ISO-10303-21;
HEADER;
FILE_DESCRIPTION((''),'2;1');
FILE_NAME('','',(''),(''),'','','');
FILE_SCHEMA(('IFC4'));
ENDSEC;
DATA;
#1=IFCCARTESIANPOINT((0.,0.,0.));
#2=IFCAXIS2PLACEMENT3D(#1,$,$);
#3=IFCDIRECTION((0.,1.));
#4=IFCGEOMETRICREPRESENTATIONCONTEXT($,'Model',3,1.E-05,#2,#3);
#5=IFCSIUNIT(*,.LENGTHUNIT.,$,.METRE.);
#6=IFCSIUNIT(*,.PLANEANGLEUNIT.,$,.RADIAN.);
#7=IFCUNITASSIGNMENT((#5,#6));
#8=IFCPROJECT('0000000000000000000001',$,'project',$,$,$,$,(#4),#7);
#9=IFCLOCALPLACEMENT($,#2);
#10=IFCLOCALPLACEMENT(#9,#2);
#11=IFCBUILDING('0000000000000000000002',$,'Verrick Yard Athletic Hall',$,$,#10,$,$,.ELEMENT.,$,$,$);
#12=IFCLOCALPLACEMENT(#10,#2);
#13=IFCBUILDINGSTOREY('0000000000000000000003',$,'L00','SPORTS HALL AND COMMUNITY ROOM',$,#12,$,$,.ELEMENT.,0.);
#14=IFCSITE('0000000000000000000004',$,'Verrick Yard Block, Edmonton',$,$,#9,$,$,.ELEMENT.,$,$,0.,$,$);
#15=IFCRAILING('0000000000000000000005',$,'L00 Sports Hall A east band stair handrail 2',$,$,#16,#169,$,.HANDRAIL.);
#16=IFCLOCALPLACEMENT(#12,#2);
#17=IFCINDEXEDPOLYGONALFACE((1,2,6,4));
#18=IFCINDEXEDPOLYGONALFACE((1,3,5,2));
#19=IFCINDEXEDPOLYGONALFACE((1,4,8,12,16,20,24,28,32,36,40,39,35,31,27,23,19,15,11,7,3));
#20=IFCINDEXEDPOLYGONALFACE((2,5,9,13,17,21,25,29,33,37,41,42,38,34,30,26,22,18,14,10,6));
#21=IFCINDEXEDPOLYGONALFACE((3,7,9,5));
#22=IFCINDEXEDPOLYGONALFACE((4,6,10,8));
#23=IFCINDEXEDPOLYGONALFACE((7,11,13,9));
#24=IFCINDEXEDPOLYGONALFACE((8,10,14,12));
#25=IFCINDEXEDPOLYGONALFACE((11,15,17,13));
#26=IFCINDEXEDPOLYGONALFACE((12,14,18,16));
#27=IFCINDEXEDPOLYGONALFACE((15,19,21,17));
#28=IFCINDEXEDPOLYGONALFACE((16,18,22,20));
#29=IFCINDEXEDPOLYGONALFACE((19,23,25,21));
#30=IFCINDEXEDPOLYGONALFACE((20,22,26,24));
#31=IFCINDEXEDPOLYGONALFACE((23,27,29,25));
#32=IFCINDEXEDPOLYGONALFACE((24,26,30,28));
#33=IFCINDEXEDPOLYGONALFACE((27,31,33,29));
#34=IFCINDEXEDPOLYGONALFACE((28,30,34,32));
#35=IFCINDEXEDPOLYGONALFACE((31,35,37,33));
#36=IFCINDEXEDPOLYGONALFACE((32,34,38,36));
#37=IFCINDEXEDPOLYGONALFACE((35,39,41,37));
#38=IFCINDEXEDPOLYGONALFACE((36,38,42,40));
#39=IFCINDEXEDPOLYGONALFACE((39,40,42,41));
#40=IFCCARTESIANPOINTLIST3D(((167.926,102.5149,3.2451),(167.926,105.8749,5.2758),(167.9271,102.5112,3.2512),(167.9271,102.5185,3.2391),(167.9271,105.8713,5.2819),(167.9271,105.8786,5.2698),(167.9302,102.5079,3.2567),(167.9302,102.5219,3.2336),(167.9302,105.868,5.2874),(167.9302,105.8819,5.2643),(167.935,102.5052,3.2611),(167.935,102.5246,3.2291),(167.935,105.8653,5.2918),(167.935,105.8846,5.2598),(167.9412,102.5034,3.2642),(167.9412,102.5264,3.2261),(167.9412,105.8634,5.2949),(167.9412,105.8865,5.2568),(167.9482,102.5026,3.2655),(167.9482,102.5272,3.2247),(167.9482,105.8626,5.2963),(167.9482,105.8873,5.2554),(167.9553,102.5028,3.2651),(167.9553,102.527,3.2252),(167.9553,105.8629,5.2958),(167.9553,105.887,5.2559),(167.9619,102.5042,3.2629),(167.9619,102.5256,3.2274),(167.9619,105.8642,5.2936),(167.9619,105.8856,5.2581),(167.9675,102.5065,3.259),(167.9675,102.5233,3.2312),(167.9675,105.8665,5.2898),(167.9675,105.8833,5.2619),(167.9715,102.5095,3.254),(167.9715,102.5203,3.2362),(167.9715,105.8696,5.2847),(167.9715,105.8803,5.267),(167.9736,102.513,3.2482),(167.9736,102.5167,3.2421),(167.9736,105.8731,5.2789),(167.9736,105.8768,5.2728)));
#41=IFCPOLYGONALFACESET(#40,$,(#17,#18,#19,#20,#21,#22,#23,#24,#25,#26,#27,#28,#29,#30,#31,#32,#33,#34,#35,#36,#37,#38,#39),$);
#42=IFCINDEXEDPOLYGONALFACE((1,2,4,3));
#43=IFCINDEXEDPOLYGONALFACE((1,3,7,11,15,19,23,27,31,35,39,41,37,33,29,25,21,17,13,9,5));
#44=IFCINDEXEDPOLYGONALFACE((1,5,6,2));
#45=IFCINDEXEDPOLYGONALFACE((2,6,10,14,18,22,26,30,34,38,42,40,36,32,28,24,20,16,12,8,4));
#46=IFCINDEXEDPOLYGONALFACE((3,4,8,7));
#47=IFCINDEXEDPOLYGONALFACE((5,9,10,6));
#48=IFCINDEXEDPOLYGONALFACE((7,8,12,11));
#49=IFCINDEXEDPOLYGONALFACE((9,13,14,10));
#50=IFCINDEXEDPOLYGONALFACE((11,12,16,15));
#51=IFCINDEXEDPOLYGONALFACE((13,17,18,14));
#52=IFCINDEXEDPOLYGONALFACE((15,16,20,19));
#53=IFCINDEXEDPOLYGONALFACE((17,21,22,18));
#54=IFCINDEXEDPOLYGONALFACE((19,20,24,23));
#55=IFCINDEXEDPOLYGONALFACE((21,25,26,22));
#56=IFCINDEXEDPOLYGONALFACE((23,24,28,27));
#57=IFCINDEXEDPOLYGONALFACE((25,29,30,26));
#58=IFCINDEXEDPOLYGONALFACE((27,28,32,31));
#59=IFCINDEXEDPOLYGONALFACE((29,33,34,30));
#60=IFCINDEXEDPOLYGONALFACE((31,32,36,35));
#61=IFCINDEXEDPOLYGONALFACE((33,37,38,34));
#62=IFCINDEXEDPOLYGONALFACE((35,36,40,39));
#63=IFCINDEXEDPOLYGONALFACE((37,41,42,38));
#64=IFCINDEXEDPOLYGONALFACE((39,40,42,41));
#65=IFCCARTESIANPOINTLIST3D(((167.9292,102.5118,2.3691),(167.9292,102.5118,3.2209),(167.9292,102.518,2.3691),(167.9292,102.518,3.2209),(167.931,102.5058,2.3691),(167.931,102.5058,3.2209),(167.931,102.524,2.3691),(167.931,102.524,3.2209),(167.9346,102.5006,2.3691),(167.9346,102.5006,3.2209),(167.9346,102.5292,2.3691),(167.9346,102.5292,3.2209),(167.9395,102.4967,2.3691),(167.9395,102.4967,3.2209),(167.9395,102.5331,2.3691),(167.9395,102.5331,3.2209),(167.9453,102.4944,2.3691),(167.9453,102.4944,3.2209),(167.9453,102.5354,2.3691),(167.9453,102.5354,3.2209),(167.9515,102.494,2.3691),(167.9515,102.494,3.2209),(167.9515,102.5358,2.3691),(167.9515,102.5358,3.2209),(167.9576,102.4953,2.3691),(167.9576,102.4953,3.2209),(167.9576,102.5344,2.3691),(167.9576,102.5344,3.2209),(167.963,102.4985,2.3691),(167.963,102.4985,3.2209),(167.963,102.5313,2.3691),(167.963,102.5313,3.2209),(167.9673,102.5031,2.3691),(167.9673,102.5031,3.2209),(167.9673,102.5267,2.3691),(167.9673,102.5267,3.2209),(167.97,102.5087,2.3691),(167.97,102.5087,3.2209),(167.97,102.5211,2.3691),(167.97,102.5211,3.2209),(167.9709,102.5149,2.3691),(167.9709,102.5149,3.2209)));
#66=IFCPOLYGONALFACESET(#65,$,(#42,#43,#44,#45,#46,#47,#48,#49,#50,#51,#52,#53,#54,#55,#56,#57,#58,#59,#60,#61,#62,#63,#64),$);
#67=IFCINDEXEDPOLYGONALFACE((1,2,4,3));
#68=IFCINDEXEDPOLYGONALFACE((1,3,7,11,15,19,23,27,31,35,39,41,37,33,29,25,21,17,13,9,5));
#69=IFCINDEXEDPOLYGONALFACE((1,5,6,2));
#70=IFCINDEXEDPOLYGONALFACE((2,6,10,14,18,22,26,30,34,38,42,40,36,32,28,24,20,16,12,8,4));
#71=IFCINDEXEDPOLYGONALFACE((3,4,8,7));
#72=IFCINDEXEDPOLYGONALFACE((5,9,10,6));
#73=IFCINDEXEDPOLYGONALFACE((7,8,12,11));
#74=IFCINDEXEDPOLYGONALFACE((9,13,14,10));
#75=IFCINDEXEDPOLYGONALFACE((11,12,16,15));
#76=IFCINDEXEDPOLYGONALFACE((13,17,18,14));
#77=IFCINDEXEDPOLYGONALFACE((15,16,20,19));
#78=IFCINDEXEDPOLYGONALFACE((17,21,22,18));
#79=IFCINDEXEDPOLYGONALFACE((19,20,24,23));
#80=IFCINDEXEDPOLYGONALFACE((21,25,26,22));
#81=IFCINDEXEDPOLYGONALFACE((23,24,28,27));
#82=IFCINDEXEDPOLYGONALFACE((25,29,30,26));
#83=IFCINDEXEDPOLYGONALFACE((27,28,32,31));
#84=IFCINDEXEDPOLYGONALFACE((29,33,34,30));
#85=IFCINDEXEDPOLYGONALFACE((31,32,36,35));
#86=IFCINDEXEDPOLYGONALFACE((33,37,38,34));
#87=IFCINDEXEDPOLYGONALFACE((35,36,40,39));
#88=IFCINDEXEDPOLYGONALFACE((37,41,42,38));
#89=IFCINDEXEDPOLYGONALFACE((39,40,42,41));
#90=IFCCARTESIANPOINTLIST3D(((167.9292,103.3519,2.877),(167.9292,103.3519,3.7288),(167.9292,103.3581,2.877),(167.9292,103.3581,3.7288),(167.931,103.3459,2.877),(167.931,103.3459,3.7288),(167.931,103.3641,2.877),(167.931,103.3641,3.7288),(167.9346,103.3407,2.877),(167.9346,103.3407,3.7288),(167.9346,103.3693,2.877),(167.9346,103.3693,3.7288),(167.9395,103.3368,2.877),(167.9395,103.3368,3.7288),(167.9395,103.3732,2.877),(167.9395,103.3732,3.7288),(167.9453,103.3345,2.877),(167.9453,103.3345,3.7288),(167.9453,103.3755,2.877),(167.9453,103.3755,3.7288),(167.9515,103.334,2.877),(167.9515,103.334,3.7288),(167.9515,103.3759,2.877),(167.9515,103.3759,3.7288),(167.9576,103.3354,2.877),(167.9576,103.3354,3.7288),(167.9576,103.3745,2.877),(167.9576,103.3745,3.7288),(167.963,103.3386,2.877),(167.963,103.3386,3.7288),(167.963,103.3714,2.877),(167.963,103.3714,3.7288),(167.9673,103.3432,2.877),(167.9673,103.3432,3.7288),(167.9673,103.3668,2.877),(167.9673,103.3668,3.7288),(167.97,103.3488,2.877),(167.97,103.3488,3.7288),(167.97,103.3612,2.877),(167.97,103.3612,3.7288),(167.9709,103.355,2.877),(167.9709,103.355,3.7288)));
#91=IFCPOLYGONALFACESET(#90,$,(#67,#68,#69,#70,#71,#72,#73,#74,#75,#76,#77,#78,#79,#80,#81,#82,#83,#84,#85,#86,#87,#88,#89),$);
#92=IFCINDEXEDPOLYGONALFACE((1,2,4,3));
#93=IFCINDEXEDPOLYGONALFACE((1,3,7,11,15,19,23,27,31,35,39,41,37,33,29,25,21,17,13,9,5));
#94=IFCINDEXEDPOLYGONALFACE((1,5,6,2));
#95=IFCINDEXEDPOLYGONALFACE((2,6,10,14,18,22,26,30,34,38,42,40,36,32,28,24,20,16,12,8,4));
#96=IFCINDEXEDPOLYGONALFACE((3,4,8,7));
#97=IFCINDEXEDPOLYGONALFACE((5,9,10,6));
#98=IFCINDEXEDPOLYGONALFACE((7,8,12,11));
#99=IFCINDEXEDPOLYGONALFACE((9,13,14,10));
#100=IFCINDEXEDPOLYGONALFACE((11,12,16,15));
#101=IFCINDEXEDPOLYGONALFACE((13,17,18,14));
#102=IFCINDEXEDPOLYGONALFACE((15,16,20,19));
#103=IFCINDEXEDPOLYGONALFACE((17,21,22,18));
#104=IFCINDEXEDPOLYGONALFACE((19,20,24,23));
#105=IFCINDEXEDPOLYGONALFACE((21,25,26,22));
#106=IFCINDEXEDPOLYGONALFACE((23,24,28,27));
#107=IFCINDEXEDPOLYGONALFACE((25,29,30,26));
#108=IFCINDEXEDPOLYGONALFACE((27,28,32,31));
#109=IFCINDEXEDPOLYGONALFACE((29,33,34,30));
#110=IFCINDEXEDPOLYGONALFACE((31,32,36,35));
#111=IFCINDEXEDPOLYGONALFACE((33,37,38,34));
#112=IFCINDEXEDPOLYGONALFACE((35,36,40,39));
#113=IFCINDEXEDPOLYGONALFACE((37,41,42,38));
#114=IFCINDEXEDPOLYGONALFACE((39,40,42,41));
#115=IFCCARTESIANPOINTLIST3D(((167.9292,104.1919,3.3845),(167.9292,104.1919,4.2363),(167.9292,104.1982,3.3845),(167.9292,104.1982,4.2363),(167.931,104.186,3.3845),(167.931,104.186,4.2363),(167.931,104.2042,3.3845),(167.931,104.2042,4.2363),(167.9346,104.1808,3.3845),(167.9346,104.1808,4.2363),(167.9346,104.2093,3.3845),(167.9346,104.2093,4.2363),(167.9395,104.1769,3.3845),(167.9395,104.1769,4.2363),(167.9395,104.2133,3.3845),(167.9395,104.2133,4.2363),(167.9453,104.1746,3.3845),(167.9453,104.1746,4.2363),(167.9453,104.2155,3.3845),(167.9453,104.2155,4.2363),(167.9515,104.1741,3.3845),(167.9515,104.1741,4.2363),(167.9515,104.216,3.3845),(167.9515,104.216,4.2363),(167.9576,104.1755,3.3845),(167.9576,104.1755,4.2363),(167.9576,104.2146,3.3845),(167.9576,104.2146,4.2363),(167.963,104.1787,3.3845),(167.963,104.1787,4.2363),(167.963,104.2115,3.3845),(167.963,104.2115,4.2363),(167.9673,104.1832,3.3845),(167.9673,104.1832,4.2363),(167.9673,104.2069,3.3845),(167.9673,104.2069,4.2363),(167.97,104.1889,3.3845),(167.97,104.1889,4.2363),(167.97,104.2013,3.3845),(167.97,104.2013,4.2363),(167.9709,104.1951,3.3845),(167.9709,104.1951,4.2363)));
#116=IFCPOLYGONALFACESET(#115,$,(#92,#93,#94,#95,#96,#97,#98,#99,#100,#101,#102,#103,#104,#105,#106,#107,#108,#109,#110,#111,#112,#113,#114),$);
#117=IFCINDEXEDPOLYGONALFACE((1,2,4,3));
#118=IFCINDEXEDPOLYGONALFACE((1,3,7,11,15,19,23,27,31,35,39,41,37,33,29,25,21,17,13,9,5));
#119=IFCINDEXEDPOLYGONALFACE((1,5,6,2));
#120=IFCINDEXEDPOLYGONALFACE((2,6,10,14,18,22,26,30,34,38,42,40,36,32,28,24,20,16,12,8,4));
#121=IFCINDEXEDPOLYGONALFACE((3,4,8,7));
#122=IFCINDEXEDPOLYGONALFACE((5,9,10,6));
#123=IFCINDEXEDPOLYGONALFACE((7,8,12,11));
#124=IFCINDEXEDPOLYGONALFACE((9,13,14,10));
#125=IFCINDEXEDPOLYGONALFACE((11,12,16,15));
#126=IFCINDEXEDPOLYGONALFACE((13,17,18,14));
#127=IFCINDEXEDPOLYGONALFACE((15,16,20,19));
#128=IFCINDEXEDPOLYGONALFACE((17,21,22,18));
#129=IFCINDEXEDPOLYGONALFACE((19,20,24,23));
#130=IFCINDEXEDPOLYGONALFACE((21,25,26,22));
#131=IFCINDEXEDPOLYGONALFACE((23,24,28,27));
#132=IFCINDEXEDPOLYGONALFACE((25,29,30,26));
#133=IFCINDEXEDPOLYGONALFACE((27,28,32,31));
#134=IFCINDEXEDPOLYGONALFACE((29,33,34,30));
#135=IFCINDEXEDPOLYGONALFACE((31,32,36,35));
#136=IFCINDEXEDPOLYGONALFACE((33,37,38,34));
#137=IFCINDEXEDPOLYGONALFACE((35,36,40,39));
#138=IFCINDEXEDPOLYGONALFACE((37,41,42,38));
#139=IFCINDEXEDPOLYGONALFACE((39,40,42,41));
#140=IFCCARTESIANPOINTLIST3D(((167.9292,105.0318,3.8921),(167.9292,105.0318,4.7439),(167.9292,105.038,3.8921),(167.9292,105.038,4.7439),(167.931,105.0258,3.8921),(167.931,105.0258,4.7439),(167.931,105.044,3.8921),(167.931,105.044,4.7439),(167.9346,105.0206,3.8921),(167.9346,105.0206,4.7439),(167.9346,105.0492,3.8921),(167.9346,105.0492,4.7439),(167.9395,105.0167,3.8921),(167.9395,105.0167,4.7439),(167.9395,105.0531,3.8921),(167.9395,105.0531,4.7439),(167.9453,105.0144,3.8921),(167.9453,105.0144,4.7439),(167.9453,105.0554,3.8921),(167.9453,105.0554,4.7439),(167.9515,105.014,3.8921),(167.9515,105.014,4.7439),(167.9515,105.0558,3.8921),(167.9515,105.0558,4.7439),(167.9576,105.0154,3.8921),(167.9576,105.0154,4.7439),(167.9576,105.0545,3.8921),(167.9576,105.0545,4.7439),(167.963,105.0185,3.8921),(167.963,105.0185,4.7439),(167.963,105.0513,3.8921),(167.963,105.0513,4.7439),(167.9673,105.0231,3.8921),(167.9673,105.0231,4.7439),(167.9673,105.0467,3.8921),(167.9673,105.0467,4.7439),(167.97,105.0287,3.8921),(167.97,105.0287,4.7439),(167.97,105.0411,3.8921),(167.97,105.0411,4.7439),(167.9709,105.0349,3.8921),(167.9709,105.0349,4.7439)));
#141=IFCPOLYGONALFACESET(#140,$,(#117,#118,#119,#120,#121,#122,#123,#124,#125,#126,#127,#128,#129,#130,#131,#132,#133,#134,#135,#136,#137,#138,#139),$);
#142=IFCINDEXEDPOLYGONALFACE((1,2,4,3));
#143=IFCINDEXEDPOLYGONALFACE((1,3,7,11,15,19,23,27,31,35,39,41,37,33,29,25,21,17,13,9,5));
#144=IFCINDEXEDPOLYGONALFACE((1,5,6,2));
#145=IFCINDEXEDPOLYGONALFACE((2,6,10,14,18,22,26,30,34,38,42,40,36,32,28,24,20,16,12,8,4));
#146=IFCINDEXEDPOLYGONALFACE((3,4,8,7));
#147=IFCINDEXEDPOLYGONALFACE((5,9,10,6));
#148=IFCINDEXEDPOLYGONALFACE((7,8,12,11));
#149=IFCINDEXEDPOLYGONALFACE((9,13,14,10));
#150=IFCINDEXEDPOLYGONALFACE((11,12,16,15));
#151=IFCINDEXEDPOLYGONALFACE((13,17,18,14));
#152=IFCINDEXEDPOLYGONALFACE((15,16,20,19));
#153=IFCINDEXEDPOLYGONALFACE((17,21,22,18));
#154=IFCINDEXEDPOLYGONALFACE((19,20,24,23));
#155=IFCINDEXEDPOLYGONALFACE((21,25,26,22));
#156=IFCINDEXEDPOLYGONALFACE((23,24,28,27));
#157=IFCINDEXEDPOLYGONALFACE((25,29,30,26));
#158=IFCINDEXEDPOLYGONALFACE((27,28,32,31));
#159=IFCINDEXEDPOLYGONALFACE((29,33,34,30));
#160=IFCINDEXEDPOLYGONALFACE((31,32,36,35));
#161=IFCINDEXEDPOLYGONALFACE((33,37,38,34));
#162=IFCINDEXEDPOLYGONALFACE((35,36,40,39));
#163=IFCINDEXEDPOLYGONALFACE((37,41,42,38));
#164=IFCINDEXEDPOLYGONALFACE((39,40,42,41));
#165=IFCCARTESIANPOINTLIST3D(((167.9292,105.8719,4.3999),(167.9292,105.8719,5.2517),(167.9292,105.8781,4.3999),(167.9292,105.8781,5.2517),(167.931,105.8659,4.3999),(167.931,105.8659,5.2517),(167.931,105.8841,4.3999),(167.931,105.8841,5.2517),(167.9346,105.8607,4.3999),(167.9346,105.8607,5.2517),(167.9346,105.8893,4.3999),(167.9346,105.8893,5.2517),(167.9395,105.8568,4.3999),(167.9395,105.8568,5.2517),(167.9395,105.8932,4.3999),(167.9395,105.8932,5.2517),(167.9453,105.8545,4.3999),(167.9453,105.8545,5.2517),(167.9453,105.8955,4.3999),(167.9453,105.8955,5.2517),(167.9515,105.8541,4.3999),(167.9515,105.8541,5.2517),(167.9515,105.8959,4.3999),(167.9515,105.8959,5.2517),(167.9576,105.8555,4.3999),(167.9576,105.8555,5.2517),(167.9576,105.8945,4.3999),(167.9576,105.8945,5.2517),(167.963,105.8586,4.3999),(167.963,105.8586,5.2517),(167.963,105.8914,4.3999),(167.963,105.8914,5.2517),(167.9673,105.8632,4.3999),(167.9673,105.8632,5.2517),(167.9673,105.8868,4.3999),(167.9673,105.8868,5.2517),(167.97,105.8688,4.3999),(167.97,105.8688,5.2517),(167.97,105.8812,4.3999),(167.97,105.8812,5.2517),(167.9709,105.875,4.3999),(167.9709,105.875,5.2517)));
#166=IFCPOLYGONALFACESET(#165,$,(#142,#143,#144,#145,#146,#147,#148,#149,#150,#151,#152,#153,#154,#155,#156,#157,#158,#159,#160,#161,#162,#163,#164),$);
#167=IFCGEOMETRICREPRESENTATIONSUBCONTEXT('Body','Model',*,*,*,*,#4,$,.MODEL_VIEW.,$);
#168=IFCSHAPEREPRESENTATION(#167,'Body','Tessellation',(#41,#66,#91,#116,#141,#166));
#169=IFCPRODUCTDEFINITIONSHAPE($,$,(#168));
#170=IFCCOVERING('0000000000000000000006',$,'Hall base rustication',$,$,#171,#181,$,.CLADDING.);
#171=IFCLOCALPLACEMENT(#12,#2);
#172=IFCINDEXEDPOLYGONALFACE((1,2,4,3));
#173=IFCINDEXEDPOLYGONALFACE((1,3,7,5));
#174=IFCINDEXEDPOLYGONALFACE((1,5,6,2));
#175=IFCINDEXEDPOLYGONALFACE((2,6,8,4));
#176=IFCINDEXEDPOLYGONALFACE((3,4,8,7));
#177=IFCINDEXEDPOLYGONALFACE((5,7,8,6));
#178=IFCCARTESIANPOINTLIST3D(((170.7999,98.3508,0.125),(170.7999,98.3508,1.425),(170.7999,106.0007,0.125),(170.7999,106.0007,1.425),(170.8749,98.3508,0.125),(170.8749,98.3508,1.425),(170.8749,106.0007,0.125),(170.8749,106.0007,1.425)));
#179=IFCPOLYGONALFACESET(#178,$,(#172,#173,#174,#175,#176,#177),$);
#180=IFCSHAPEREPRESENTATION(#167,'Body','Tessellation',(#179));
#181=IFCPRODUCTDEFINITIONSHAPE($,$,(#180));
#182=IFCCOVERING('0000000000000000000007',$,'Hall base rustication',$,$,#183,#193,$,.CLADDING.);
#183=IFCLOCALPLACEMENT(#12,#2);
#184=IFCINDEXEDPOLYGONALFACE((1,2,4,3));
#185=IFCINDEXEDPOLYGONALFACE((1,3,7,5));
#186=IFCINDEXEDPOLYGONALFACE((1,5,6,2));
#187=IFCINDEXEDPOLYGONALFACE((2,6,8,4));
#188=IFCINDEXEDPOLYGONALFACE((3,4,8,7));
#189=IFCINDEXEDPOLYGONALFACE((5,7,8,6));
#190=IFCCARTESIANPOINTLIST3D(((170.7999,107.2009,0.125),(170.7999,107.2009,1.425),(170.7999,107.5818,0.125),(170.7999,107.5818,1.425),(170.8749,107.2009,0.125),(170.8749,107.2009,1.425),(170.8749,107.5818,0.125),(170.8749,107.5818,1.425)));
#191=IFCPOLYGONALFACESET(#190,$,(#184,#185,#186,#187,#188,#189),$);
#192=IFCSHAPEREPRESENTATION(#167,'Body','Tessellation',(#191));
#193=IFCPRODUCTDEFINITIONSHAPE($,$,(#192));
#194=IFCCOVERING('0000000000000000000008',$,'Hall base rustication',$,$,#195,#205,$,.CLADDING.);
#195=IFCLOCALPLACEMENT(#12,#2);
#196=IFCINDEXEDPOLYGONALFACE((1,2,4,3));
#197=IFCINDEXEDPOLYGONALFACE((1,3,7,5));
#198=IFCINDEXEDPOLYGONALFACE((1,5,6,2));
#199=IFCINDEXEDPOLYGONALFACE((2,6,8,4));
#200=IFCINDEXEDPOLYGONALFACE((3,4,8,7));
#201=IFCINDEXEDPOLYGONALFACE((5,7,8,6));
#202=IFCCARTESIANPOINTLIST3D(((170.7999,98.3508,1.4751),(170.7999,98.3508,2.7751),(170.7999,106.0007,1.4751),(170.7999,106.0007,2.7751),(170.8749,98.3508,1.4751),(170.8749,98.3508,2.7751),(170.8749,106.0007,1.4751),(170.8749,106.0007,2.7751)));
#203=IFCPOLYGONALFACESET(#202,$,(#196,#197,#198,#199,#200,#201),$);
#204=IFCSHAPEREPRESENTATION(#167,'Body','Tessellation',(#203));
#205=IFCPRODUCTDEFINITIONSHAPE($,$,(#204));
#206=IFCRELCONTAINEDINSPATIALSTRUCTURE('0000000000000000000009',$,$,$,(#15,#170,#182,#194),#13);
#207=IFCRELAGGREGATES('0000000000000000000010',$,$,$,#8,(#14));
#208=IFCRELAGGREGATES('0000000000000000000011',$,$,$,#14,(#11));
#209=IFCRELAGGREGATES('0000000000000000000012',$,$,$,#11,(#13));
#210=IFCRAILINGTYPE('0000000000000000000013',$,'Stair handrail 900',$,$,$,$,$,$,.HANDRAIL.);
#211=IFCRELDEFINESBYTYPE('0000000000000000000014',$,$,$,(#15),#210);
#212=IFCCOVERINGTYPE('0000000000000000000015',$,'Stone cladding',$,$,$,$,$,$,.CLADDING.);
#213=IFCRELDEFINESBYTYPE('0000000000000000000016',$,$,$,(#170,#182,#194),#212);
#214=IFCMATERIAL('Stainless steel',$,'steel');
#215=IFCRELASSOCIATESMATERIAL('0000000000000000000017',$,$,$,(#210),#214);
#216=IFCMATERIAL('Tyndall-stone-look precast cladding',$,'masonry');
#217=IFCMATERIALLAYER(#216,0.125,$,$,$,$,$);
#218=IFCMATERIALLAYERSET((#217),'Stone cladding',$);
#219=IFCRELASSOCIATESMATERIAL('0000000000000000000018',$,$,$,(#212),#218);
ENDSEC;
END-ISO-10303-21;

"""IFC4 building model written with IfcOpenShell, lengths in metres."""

from ifc_helpers import new_model, si_unit, direction, frame, origin, origin_2d, place, context, subcontext, project, spatial, rectangle, circle, extrude, material, layer, layer_set, type_object, element, save


model = new_model("IFC4")

# Units and contexts
model_context = context("Model", 3, precision=1e-05, world=origin(), true_north=direction((0.0, 1.0)))
body_context = subcontext(model_context, "Body", "Model", "MODEL_VIEW")
ifc_project = project(units=[si_unit("LENGTHUNIT", "METRE"), si_unit("PLANEANGLEUNIT", "RADIAN")], contexts=[model_context])

# Site, building, storey
site_placement = place(None, origin())
site = spatial("IfcSite", under=ifc_project, at=site_placement, Name="Verrick Yard Block, Edmonton", CompositionType="ELEMENT", RefElevation=0.0)
building_placement = place(site_placement, origin())
building = spatial("IfcBuilding", under=site, at=building_placement, Name="Verrick Yard Athletic Hall", CompositionType="ELEMENT")
storey_placement = place(building_placement, origin())
storey = spatial("IfcBuildingStorey", under=building, at=storey_placement, Name="L00", Description="SPORTS HALL AND COMMUNITY ROOM", CompositionType="ELEMENT", Elevation=0.0)

# Railing
ifc_material_1 = material(Name="Stainless steel", Category="steel")
railing_type_1 = type_object("IfcRailingType", Name="Stair handrail 900", PredefinedType="HANDRAIL", material=ifc_material_1)
railing_1_placement = place(storey_placement, frame((167.95, 102.5149, 2.3691)))
element("IfcRailing", 1, at=railing_1_placement, inside=storey, type_object=railing_type_1, Name="L00 Sports Hall A east band stair handrail 2", PredefinedType="HANDRAIL", context=body_context, shape_type="SweptSolid", body=[
    extrude(circle(Radius=0.0239, at=origin_2d()), frame((0.0, 0.0, 0.876), z_axis=(0.0, 0.855837, 0.517246), x_axis=(-1.0, 0.0, 0.0)), (0.0, 0.0, 1.0), 3.926),
    extrude(circle(Radius=0.021, at=origin_2d()), origin(), (0.0, 0.0, 1.0), 0.8518),
    extrude(circle(Radius=0.021, at=origin_2d()), frame((0.0, 0.8401, 0.5078)), (0.0, 0.0, 1.0), 0.8518),
    extrude(circle(Radius=0.021, at=origin_2d()), frame((0.0, 1.6802, 1.0154)), (0.0, 0.0, 1.0), 0.8518),
    extrude(circle(Radius=0.021, at=origin_2d()), frame((0.0, 2.52, 1.5229)), (0.0, 0.0, 1.0), 0.8518),
    extrude(circle(Radius=0.021, at=origin_2d()), frame((0.0, 3.3601, 2.0308)), (0.0, 0.0, 1.0), 0.8518),
])

# Coverings
ifc_material_2 = material(Name="Tyndall-stone-look precast cladding", Category="masonry")
ifc_layer = layer(ifc_material_2, 0.125)
ifc_layer_set = layer_set([ifc_layer], Name="Stone cladding")
covering_type = type_object("IfcCoveringType", Name="Stone cladding", PredefinedType="CLADDING", material=ifc_layer_set)
covering_1_placement = place(storey_placement, frame((170.8374, 102.1758, 0.125), z_axis=(0.0, 0.0, 1.0), x_axis=(0.0, 1.0, 0.0)))
element("IfcCovering", 2, at=covering_1_placement, inside=storey, type_object=covering_type, Name="Hall base rustication", PredefinedType="CLADDING", context=body_context, shape_type="SweptSolid", body=[
    extrude(rectangle(XDim=7.6499, YDim=0.075, at=origin_2d()), origin(), (0.0, 0.0, 1.0), 1.3),
])
covering_2_placement = place(storey_placement, frame((170.8374, 107.3914, 0.125), z_axis=(0.0, 0.0, 1.0), x_axis=(0.0, 1.0, 0.0)))
element("IfcCovering", 3, at=covering_2_placement, inside=storey, type_object=covering_type, Name="Hall base rustication", PredefinedType="CLADDING", context=body_context, shape_type="SweptSolid", body=[
    extrude(rectangle(XDim=0.3809, YDim=0.075, at=origin_2d()), origin(), (0.0, 0.0, 1.0), 1.3),
])
covering_3_placement = place(storey_placement, frame((170.8374, 102.1758, 1.4751), z_axis=(0.0, 0.0, 1.0), x_axis=(0.0, 1.0, 0.0)))
element("IfcCovering", 4, at=covering_3_placement, inside=storey, type_object=covering_type, Name="Hall base rustication", PredefinedType="CLADDING", context=body_context, shape_type="SweptSolid", body=[
    extrude(rectangle(XDim=7.6499, YDim=0.075, at=origin_2d()), origin(), (0.0, 0.0, 1.0), 1.3),
])

save(model, "model.ifc")
